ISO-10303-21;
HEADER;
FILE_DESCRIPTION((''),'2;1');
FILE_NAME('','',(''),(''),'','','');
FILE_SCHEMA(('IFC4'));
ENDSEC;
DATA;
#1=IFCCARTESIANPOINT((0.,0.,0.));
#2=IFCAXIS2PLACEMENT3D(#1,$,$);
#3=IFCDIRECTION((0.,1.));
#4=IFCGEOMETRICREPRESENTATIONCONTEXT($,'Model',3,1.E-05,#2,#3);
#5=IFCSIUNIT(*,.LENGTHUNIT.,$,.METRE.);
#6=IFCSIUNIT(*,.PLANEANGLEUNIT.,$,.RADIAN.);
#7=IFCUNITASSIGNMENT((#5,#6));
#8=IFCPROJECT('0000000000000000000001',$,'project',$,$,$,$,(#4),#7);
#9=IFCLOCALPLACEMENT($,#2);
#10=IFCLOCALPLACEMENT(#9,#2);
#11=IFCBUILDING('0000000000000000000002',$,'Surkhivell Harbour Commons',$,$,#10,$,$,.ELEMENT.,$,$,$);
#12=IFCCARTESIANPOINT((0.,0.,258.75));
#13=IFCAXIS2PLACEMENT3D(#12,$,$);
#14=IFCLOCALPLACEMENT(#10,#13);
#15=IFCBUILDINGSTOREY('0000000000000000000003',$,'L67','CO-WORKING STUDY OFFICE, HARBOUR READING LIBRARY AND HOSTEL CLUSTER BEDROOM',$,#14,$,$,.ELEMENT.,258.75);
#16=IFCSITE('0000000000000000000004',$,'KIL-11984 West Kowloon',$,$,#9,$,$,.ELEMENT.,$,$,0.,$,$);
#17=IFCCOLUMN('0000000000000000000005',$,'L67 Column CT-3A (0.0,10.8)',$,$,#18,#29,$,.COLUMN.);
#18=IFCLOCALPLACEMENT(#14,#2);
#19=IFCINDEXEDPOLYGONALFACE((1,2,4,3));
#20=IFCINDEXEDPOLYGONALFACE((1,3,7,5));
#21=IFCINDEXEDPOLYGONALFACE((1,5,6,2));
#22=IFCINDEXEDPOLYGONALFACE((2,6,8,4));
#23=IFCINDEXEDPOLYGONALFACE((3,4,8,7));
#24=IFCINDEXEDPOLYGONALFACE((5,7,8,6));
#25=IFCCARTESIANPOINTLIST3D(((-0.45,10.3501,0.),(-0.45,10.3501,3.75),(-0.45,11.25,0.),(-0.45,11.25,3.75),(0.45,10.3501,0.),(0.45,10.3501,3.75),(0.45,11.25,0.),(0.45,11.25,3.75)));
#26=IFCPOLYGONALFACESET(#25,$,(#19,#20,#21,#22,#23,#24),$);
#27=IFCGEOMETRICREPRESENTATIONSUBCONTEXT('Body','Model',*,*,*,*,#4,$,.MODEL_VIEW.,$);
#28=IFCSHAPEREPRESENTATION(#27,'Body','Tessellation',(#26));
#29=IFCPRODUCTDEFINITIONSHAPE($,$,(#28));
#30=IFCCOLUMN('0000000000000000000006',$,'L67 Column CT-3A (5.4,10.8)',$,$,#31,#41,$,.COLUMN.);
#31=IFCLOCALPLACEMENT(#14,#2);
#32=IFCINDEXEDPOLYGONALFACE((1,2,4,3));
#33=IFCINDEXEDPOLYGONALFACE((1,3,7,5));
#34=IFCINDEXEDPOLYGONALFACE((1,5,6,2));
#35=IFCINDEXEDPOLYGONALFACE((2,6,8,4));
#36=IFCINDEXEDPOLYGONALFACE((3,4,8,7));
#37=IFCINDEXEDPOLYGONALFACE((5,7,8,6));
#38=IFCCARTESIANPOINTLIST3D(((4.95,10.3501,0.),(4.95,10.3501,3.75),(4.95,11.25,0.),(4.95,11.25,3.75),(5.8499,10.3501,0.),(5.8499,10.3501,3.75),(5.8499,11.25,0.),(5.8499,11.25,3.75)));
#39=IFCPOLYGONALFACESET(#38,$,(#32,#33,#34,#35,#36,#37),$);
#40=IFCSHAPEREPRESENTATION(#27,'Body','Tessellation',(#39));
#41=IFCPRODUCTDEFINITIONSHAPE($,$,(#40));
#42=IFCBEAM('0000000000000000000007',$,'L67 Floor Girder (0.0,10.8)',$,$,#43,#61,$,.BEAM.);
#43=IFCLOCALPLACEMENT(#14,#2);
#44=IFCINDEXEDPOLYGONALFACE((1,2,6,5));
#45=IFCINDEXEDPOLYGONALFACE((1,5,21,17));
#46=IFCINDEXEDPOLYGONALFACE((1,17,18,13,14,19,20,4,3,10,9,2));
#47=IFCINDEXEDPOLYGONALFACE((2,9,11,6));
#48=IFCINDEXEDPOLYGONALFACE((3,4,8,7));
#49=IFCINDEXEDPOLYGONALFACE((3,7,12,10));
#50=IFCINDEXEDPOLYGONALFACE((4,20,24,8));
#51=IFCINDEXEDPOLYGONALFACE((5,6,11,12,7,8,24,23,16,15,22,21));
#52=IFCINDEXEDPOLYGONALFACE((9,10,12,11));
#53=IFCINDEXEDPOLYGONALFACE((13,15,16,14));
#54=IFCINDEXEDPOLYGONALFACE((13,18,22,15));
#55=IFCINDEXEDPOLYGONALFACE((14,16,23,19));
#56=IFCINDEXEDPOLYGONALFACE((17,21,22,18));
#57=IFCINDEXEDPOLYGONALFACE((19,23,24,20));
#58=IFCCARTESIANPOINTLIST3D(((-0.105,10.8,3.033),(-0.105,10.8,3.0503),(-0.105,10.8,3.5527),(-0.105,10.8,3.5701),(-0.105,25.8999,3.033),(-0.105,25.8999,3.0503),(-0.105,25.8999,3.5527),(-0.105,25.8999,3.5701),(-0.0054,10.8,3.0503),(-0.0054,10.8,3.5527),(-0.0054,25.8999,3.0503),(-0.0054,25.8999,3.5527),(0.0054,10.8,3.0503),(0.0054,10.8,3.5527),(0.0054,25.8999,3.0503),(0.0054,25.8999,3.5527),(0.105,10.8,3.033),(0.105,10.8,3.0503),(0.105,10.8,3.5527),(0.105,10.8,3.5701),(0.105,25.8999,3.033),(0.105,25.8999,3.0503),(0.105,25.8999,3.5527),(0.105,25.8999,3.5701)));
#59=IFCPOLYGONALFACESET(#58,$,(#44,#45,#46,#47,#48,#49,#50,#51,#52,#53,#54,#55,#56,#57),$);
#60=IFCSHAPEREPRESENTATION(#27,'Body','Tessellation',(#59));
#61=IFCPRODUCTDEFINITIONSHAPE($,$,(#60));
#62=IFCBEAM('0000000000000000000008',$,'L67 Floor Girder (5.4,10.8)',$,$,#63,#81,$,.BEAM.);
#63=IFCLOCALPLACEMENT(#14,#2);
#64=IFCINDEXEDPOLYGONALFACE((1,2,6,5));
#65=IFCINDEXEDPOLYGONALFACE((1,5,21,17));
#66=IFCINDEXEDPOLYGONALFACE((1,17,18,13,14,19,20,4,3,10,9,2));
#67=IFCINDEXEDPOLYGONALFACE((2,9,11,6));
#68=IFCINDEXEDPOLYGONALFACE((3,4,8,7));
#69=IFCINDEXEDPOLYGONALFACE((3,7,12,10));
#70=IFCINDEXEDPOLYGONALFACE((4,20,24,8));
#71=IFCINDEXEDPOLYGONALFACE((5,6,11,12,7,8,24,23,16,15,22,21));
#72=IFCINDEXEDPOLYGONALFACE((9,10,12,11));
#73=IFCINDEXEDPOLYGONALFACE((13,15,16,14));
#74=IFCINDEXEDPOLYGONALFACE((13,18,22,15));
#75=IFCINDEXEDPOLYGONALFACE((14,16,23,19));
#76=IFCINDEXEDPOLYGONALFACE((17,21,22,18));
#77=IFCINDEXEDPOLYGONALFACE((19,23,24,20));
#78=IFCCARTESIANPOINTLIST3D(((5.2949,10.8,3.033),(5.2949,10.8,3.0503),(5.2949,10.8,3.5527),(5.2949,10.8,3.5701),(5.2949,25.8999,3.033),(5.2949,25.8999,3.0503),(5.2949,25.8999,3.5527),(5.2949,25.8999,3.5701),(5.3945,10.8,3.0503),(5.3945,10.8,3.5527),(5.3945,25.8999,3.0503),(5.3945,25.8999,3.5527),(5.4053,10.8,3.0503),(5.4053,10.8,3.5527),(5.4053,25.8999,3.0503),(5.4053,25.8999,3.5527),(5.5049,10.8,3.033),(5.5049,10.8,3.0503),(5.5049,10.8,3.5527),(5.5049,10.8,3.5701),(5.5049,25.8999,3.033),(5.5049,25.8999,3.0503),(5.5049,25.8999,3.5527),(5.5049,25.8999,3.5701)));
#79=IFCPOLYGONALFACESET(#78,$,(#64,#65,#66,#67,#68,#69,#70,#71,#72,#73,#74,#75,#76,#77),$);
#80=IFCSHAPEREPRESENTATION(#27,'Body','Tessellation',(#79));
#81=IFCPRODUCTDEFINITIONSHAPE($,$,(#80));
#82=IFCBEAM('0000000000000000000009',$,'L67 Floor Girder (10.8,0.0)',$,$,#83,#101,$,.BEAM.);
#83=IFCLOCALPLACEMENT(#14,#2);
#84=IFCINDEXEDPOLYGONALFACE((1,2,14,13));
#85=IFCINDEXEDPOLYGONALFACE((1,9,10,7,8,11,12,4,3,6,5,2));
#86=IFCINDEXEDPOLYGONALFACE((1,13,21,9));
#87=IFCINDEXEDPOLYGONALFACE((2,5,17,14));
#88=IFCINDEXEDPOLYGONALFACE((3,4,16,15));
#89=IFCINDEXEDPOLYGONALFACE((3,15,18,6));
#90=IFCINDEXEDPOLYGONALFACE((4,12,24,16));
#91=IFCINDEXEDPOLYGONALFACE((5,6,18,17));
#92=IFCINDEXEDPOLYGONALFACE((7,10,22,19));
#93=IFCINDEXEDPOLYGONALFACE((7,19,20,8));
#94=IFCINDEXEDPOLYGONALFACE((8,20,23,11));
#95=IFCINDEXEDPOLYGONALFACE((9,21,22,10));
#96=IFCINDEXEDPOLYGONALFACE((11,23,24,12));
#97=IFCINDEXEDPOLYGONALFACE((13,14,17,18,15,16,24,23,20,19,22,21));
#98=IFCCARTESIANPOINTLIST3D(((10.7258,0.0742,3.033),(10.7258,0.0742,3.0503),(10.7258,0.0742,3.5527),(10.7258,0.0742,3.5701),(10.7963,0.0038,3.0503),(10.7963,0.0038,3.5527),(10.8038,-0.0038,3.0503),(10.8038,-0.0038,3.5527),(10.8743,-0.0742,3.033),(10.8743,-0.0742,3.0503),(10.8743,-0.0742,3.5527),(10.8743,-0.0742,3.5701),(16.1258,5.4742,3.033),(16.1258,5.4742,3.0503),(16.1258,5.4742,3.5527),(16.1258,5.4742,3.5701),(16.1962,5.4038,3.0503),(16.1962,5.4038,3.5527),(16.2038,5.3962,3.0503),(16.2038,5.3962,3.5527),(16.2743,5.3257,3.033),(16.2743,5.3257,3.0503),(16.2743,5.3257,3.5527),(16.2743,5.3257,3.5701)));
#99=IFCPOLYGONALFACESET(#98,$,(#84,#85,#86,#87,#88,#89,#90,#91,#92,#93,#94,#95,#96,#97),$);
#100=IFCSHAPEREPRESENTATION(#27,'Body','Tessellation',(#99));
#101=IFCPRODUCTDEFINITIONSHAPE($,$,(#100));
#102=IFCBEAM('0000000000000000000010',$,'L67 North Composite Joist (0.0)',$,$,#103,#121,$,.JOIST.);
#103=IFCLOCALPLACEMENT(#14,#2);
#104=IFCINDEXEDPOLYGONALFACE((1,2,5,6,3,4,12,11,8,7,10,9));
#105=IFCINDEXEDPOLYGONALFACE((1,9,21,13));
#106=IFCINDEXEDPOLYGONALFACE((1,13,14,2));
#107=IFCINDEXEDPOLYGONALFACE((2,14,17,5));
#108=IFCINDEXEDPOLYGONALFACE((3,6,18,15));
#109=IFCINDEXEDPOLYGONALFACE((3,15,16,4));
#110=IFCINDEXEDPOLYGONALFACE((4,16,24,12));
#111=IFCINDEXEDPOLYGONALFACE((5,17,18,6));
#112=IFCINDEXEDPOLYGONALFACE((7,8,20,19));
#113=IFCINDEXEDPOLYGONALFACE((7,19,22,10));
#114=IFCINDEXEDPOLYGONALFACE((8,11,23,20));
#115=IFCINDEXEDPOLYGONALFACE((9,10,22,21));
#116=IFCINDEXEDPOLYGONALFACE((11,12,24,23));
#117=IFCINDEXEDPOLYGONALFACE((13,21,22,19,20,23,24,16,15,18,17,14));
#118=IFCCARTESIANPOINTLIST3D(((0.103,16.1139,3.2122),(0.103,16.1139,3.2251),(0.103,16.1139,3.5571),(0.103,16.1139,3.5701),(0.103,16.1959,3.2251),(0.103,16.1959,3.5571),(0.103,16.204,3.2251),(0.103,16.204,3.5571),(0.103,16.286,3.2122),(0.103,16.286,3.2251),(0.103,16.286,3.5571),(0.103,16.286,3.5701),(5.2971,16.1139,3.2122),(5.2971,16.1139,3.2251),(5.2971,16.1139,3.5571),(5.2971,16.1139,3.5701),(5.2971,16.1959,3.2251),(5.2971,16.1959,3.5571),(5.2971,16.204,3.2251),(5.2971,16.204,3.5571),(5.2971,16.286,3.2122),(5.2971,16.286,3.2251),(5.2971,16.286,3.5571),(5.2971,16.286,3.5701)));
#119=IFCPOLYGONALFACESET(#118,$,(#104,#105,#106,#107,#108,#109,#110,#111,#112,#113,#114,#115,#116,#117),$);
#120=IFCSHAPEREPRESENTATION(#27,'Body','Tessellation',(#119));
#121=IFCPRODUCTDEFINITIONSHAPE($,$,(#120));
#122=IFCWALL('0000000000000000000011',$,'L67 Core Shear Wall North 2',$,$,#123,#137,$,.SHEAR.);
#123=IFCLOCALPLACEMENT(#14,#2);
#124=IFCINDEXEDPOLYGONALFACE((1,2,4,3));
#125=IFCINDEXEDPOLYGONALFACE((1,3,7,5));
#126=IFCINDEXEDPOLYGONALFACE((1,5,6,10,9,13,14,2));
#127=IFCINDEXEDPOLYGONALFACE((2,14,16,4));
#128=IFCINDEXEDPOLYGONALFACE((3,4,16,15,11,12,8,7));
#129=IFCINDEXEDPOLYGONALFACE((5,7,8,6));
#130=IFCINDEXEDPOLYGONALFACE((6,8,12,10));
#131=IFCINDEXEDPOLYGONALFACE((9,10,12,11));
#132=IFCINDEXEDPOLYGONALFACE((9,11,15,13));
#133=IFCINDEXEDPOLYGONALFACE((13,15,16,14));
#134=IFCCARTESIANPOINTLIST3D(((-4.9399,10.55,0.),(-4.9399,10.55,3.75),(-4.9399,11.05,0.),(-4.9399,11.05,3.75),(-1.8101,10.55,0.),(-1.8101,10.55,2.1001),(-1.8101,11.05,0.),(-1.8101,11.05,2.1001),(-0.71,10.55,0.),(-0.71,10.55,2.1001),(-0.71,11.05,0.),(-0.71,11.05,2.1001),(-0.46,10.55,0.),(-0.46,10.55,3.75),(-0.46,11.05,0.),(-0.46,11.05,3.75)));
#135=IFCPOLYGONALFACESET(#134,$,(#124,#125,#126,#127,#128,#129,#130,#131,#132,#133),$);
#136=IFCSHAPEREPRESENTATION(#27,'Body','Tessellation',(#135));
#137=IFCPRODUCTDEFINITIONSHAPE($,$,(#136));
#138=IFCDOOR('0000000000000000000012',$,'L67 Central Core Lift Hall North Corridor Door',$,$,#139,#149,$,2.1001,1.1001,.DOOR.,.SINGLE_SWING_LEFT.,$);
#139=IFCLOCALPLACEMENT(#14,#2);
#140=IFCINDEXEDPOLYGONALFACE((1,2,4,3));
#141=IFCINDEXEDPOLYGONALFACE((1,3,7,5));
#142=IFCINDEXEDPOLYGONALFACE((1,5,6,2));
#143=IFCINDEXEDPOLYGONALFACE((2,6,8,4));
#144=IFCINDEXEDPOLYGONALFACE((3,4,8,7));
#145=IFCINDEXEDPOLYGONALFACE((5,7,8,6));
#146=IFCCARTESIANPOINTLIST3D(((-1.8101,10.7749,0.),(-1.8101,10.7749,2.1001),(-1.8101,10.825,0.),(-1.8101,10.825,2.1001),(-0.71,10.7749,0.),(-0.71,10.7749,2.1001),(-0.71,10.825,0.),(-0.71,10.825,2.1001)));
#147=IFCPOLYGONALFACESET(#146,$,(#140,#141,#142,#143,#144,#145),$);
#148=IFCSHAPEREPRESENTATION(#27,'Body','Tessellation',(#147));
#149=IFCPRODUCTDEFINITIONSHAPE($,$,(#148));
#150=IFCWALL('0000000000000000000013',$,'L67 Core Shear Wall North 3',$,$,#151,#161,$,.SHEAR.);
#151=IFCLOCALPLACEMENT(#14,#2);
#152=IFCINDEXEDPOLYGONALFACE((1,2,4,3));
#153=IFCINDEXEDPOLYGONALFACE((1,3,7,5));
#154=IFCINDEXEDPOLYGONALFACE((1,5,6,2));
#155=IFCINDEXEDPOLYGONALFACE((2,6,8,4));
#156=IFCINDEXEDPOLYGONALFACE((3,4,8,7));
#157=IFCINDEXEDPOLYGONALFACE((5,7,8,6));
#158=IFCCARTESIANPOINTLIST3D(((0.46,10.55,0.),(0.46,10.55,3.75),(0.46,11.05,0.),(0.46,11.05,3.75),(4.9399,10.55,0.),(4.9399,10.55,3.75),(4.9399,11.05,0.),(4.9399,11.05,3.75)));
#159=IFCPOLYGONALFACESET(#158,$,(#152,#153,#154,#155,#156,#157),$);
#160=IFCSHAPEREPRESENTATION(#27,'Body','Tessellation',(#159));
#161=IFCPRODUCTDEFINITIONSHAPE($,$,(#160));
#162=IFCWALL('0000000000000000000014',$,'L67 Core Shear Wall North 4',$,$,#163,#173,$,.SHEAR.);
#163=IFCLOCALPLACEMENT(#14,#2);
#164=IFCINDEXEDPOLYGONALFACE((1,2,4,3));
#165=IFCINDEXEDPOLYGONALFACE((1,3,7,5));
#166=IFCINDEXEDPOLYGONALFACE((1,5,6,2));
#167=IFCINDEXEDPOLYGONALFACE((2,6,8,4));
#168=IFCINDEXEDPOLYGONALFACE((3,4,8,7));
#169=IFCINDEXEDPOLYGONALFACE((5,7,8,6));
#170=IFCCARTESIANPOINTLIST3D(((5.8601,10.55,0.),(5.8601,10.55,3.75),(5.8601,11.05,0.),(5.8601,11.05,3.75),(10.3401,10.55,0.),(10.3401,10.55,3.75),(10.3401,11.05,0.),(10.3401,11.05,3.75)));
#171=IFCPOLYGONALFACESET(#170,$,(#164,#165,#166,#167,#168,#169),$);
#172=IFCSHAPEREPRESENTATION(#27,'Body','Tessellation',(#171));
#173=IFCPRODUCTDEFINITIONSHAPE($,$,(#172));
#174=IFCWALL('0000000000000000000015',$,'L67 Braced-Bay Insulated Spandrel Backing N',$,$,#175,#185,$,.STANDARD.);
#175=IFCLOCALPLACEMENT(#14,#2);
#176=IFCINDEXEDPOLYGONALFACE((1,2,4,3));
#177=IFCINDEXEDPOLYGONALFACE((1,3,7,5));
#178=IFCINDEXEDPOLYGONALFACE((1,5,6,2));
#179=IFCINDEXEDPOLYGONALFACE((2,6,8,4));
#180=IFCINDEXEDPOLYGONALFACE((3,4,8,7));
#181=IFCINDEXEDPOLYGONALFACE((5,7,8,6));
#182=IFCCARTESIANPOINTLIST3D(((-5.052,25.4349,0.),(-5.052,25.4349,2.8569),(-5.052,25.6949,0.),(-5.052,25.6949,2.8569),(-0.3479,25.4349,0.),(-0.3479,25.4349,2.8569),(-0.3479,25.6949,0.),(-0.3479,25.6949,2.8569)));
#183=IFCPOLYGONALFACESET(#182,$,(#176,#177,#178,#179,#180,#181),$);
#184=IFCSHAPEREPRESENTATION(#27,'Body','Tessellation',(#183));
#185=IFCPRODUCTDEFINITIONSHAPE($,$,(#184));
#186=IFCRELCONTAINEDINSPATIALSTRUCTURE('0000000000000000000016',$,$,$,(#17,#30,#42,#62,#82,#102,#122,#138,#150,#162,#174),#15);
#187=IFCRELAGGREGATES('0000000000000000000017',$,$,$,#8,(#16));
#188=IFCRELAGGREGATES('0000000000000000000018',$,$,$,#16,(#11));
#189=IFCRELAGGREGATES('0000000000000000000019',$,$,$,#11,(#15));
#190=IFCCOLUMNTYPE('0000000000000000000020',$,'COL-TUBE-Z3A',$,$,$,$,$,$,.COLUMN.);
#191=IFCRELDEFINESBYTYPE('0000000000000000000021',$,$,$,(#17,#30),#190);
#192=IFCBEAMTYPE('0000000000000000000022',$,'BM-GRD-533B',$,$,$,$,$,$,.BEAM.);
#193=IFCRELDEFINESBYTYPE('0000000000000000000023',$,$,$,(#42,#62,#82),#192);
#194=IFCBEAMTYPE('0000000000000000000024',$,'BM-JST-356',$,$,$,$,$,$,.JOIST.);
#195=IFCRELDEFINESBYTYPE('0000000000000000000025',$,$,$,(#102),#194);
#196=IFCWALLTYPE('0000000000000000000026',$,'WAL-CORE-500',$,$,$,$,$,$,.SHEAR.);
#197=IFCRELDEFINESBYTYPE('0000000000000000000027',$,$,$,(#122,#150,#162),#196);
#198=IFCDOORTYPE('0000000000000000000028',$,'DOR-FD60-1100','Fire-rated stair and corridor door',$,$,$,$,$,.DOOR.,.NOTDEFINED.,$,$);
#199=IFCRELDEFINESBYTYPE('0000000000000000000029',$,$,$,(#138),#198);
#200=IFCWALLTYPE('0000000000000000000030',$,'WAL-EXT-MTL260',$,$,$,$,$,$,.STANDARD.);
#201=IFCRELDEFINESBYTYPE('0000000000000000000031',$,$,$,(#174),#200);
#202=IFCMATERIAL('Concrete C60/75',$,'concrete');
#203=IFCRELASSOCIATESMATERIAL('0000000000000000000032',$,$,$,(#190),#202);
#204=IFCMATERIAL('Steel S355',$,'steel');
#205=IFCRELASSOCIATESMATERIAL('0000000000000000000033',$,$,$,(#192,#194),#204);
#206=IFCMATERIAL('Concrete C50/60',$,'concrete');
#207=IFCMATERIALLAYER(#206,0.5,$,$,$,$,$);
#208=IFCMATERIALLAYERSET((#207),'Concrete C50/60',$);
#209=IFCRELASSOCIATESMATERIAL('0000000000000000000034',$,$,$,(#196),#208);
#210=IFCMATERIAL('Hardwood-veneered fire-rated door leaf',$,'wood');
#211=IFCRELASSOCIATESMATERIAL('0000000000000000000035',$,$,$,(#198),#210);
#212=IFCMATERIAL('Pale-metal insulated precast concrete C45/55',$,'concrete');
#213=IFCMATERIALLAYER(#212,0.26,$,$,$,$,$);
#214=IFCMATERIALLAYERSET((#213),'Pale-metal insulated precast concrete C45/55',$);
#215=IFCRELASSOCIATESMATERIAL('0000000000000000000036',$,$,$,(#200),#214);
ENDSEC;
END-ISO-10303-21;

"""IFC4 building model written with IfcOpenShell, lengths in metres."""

from ifc_helpers import new_model, si_unit, direction, frame, frame_2d, origin, origin_2d, place, context, subcontext, project, spatial, rectangle, i_section, extrude, material, layer, layer_set, material_profile, profile_set, type_object, element, fill, save


model = new_model("IFC4")

# Units and contexts
model_context = context("Model", 3, precision=1e-05, world=origin(), true_north=direction((0.0, 1.0)))
body_context = subcontext(model_context, "Body", "Model", "MODEL_VIEW")
ifc_project = project(units=[si_unit("LENGTHUNIT", "METRE"), si_unit("PLANEANGLEUNIT", "RADIAN")], contexts=[model_context])

# Site, building, storey
site_placement = place(None, origin())
site = spatial("IfcSite", under=ifc_project, at=site_placement, Name="KIL-11984 West Kowloon", CompositionType="ELEMENT", RefElevation=0.0)
building_placement = place(site_placement, origin())
building = spatial("IfcBuilding", under=site, at=building_placement, Name="Surkhivell Harbour Commons", CompositionType="ELEMENT")
storey_placement = place(building_placement, frame((0.0, 0.0, 258.75)))
storey = spatial("IfcBuildingStorey", under=building, at=storey_placement, Name="L67", Description="CO-WORKING STUDY OFFICE, HARBOUR READING LIBRARY AND HOSTEL CLUSTER BEDROOM", CompositionType="ELEMENT", Elevation=258.75)

# Columns
ifc_material_1 = material(Name="Concrete C60/75", Category="concrete")
ifc_material_profile_1 = material_profile(ifc_material_1, rectangle(XDim=0.8999, YDim=0.8999, at=origin_2d()), Name="RC-COL-900x900")
ifc_profile_set_1 = profile_set([ifc_material_profile_1], Name="Concrete C60/75")
column_type = type_object("IfcColumnType", Name="COL-TUBE-Z3A", PredefinedType="COLUMN", material=ifc_profile_set_1)
for number, where, z_axis, x_axis, name in (
    (1, (0.0, 10.8, 0.0), (0.0, 0.0, 1.0), (1.0, 0.0, 0.0), "L67 Column CT-3A (0.0,10.8)"),
    (2, (5.3999, 10.8, 0.0), (0.0, 0.0, 1.0), (1.0, 0.0, 0.0), "L67 Column CT-3A (5.4,10.8)"),
):
    element("IfcColumn", number, at=place(storey_placement, frame(where, z_axis=z_axis, x_axis=x_axis)), inside=storey, type_object=column_type, Name=name, PredefinedType="COLUMN", context=body_context, shape_type="SweptSolid", body=[
        extrude(rectangle(XDim=0.8999, YDim=0.8999, at=origin_2d()), origin(), (0.0, 0.0, 1.0), 3.75),
    ])

# Beams
ifc_material_2 = material(Name="Steel S355", Category="steel")
ifc_material_profile_2 = material_profile(ifc_material_2, i_section(OverallWidth=0.21, OverallDepth=0.5371, WebThickness=0.0107, FlangeThickness=0.0173, at=origin_2d()), Name="UB533x210x101")
ifc_profile_set_2 = profile_set([ifc_material_profile_2], Name="Steel S355")
beam_type_1 = type_object("IfcBeamType", Name="BM-GRD-533B", PredefinedType="BEAM", material=ifc_profile_set_2)
for number, where, z_axis, x_axis, name in (
    (3, (0.0, 10.8, 3.3015), (0.0, 1.0, 0.0), (-1.0, 0.0, 0.0), "L67 Floor Girder (0.0,10.8)"),
    (4, (5.3999, 10.8, 3.3015), (0.0, 1.0, 0.0), (-1.0, 0.0, 0.0), "L67 Floor Girder (5.4,10.8)"),
):
    element("IfcBeam", number, at=place(storey_placement, frame(where, z_axis=z_axis, x_axis=x_axis)), inside=storey, type_object=beam_type_1, Name=name, PredefinedType="BEAM", context=body_context, shape_type="SweptSolid", body=[
        extrude(i_section(OverallWidth=0.21, OverallDepth=0.5371, WebThickness=0.0107, FlangeThickness=0.0173, at=origin_2d()), origin(), (0.0, 0.0, 1.0), 15.0999),
    ])
beam_1_placement = place(storey_placement, frame((10.8, 0.0, 3.3015), z_axis=(0.707107, 0.707107, 0.0), x_axis=(-0.707107, 0.707107, 0.0)))
element("IfcBeam", 5, at=beam_1_placement, inside=storey, type_object=beam_type_1, Name="L67 Floor Girder (10.8,0.0)", PredefinedType="BEAM", context=body_context, shape_type="SweptSolid", body=[
    extrude(i_section(OverallWidth=0.21, OverallDepth=0.5371, WebThickness=0.0107, FlangeThickness=0.0173, at=origin_2d()), origin(), (0.0, 0.0, 1.0), 7.6367),
])
ifc_material_profile_3 = material_profile(ifc_material_2, i_section(OverallWidth=0.1721, OverallDepth=0.3579, WebThickness=0.0081, FlangeThickness=0.0129, at=origin_2d()), Name="UB356x171x57")
ifc_profile_set_3 = profile_set([ifc_material_profile_3], Name="Steel S355")
beam_type_2 = type_object("IfcBeamType", Name="BM-JST-356", PredefinedType="JOIST", material=ifc_profile_set_3)
beam_2_placement = place(storey_placement, frame((0.103, 16.2, 3.3911), z_axis=(1.0, 0.0, 0.0), x_axis=(0.0, 1.0, 0.0)))
element("IfcBeam", 6, at=beam_2_placement, inside=storey, type_object=beam_type_2, Name="L67 North Composite Joist (0.0)", PredefinedType="JOIST", context=body_context, shape_type="SweptSolid", body=[
    extrude(i_section(OverallWidth=0.1721, OverallDepth=0.3579, WebThickness=0.0081, FlangeThickness=0.0129, at=origin_2d()), origin(), (0.0, 0.0, 1.0), 5.1941),
])

# Wall, opening, door
ifc_material_3 = material(Name="Concrete C50/60", Category="concrete")
ifc_layer_1 = layer(ifc_material_3, 0.5)
ifc_layer_set_1 = layer_set([ifc_layer_1], Name="Concrete C50/60")
wall_type_1 = type_object("IfcWallType", Name="WAL-CORE-500", PredefinedType="SHEAR", material=ifc_layer_set_1)
wall_1_placement = place(storey_placement, frame((-4.9399, 10.8, 0.0), z_axis=(0.0, 0.0, 1.0), x_axis=(1.0, 0.0, 0.0)))
wall_1 = element("IfcWall", 7, at=wall_1_placement, inside=storey, type_object=wall_type_1, Name="L67 Core Shear Wall North 2", PredefinedType="SHEAR", context=body_context, shape_type="SweptSolid", body=[
    extrude(rectangle(XDim=4.48, YDim=0.5, at=frame_2d((2.24, 0.0))), origin(), (0.0, 0.0, 1.0), 3.75),
])
opening_1_placement = place(wall_1_placement, frame((3.1299, 0.0, 0.0)))
opening_1 = element("IfcOpeningElement", 8, at=opening_1_placement, cuts=wall_1, PredefinedType="OPENING", context=body_context, shape_type="SweptSolid", body=[
    extrude(rectangle(XDim=1.1001, YDim=2.1001, at=frame_2d((0.55, 1.05))), frame((0.0, 0.26, 0.0), z_axis=(0.0, -1.0, 0.0), x_axis=(1.0, 0.0, 0.0)), (0.0, 0.0, 1.0), 0.52),
])
ifc_material_4 = material(Name="Hardwood-veneered fire-rated door leaf", Category="wood")
door_type_1 = type_object("IfcDoorType", Name="DOR-FD60-1100", Description="Fire-rated stair and corridor door", OperationType="NOTDEFINED", PredefinedType="DOOR", material=ifc_material_4)
door_1_placement = place(opening_1_placement, origin())
door_1 = element("IfcDoor", 9, at=door_1_placement, inside=storey, type_object=door_type_1, Name="L67 Central Core Lift Hall North Corridor Door", OperationType="SINGLE_SWING_LEFT", OverallHeight=2.1001, OverallWidth=1.1001, PredefinedType="DOOR", context=body_context, shape_type="SweptSolid", body=[
    extrude(rectangle(XDim=1.1001, YDim=2.1001, at=frame_2d((0.55, 1.05))), frame((0.0, 0.0249, 0.0), z_axis=(0.0, -1.0, 0.0), x_axis=(1.0, 0.0, 0.0)), (0.0, 0.0, 1.0), 0.05),
])
fill(opening_1, door_1)

# Walls
for number, where, z_axis, x_axis, name in (
    (10, (0.46, 10.8, 0.0), (0.0, 0.0, 1.0), (1.0, 0.0, 0.0), "L67 Core Shear Wall North 3"),
    (11, (5.8601, 10.8, 0.0), (0.0, 0.0, 1.0), (1.0, 0.0, 0.0), "L67 Core Shear Wall North 4"),
):
    element("IfcWall", number, at=place(storey_placement, frame(where, z_axis=z_axis, x_axis=x_axis)), inside=storey, type_object=wall_type_1, Name=name, PredefinedType="SHEAR", context=body_context, shape_type="SweptSolid", body=[
        extrude(rectangle(XDim=4.48, YDim=0.5, at=frame_2d((2.24, 0.0))), origin(), (0.0, 0.0, 1.0), 3.75),
    ])
ifc_material_5 = material(Name="Pale-metal insulated precast concrete C45/55", Category="concrete")
ifc_layer_2 = layer(ifc_material_5, 0.26)
ifc_layer_set_2 = layer_set([ifc_layer_2], Name="Pale-metal insulated precast concrete C45/55")
wall_type_2 = type_object("IfcWallType", Name="WAL-EXT-MTL260", PredefinedType="STANDARD", material=ifc_layer_set_2)
wall_2_placement = place(storey_placement, frame((-0.3479, 25.5649, 0.0), z_axis=(0.0, 0.0, 1.0), x_axis=(-1.0, 0.0, 0.0)))
element("IfcWall", 12, at=wall_2_placement, inside=storey, type_object=wall_type_2, Name="L67 Braced-Bay Insulated Spandrel Backing N", PredefinedType="STANDARD", context=body_context, shape_type="SweptSolid", body=[
    extrude(rectangle(XDim=4.7041, YDim=0.26, at=frame_2d((2.3521, 0.0))), origin(), (0.0, 0.0, 1.0), 2.8569),
])

save(model, "model.ifc")
